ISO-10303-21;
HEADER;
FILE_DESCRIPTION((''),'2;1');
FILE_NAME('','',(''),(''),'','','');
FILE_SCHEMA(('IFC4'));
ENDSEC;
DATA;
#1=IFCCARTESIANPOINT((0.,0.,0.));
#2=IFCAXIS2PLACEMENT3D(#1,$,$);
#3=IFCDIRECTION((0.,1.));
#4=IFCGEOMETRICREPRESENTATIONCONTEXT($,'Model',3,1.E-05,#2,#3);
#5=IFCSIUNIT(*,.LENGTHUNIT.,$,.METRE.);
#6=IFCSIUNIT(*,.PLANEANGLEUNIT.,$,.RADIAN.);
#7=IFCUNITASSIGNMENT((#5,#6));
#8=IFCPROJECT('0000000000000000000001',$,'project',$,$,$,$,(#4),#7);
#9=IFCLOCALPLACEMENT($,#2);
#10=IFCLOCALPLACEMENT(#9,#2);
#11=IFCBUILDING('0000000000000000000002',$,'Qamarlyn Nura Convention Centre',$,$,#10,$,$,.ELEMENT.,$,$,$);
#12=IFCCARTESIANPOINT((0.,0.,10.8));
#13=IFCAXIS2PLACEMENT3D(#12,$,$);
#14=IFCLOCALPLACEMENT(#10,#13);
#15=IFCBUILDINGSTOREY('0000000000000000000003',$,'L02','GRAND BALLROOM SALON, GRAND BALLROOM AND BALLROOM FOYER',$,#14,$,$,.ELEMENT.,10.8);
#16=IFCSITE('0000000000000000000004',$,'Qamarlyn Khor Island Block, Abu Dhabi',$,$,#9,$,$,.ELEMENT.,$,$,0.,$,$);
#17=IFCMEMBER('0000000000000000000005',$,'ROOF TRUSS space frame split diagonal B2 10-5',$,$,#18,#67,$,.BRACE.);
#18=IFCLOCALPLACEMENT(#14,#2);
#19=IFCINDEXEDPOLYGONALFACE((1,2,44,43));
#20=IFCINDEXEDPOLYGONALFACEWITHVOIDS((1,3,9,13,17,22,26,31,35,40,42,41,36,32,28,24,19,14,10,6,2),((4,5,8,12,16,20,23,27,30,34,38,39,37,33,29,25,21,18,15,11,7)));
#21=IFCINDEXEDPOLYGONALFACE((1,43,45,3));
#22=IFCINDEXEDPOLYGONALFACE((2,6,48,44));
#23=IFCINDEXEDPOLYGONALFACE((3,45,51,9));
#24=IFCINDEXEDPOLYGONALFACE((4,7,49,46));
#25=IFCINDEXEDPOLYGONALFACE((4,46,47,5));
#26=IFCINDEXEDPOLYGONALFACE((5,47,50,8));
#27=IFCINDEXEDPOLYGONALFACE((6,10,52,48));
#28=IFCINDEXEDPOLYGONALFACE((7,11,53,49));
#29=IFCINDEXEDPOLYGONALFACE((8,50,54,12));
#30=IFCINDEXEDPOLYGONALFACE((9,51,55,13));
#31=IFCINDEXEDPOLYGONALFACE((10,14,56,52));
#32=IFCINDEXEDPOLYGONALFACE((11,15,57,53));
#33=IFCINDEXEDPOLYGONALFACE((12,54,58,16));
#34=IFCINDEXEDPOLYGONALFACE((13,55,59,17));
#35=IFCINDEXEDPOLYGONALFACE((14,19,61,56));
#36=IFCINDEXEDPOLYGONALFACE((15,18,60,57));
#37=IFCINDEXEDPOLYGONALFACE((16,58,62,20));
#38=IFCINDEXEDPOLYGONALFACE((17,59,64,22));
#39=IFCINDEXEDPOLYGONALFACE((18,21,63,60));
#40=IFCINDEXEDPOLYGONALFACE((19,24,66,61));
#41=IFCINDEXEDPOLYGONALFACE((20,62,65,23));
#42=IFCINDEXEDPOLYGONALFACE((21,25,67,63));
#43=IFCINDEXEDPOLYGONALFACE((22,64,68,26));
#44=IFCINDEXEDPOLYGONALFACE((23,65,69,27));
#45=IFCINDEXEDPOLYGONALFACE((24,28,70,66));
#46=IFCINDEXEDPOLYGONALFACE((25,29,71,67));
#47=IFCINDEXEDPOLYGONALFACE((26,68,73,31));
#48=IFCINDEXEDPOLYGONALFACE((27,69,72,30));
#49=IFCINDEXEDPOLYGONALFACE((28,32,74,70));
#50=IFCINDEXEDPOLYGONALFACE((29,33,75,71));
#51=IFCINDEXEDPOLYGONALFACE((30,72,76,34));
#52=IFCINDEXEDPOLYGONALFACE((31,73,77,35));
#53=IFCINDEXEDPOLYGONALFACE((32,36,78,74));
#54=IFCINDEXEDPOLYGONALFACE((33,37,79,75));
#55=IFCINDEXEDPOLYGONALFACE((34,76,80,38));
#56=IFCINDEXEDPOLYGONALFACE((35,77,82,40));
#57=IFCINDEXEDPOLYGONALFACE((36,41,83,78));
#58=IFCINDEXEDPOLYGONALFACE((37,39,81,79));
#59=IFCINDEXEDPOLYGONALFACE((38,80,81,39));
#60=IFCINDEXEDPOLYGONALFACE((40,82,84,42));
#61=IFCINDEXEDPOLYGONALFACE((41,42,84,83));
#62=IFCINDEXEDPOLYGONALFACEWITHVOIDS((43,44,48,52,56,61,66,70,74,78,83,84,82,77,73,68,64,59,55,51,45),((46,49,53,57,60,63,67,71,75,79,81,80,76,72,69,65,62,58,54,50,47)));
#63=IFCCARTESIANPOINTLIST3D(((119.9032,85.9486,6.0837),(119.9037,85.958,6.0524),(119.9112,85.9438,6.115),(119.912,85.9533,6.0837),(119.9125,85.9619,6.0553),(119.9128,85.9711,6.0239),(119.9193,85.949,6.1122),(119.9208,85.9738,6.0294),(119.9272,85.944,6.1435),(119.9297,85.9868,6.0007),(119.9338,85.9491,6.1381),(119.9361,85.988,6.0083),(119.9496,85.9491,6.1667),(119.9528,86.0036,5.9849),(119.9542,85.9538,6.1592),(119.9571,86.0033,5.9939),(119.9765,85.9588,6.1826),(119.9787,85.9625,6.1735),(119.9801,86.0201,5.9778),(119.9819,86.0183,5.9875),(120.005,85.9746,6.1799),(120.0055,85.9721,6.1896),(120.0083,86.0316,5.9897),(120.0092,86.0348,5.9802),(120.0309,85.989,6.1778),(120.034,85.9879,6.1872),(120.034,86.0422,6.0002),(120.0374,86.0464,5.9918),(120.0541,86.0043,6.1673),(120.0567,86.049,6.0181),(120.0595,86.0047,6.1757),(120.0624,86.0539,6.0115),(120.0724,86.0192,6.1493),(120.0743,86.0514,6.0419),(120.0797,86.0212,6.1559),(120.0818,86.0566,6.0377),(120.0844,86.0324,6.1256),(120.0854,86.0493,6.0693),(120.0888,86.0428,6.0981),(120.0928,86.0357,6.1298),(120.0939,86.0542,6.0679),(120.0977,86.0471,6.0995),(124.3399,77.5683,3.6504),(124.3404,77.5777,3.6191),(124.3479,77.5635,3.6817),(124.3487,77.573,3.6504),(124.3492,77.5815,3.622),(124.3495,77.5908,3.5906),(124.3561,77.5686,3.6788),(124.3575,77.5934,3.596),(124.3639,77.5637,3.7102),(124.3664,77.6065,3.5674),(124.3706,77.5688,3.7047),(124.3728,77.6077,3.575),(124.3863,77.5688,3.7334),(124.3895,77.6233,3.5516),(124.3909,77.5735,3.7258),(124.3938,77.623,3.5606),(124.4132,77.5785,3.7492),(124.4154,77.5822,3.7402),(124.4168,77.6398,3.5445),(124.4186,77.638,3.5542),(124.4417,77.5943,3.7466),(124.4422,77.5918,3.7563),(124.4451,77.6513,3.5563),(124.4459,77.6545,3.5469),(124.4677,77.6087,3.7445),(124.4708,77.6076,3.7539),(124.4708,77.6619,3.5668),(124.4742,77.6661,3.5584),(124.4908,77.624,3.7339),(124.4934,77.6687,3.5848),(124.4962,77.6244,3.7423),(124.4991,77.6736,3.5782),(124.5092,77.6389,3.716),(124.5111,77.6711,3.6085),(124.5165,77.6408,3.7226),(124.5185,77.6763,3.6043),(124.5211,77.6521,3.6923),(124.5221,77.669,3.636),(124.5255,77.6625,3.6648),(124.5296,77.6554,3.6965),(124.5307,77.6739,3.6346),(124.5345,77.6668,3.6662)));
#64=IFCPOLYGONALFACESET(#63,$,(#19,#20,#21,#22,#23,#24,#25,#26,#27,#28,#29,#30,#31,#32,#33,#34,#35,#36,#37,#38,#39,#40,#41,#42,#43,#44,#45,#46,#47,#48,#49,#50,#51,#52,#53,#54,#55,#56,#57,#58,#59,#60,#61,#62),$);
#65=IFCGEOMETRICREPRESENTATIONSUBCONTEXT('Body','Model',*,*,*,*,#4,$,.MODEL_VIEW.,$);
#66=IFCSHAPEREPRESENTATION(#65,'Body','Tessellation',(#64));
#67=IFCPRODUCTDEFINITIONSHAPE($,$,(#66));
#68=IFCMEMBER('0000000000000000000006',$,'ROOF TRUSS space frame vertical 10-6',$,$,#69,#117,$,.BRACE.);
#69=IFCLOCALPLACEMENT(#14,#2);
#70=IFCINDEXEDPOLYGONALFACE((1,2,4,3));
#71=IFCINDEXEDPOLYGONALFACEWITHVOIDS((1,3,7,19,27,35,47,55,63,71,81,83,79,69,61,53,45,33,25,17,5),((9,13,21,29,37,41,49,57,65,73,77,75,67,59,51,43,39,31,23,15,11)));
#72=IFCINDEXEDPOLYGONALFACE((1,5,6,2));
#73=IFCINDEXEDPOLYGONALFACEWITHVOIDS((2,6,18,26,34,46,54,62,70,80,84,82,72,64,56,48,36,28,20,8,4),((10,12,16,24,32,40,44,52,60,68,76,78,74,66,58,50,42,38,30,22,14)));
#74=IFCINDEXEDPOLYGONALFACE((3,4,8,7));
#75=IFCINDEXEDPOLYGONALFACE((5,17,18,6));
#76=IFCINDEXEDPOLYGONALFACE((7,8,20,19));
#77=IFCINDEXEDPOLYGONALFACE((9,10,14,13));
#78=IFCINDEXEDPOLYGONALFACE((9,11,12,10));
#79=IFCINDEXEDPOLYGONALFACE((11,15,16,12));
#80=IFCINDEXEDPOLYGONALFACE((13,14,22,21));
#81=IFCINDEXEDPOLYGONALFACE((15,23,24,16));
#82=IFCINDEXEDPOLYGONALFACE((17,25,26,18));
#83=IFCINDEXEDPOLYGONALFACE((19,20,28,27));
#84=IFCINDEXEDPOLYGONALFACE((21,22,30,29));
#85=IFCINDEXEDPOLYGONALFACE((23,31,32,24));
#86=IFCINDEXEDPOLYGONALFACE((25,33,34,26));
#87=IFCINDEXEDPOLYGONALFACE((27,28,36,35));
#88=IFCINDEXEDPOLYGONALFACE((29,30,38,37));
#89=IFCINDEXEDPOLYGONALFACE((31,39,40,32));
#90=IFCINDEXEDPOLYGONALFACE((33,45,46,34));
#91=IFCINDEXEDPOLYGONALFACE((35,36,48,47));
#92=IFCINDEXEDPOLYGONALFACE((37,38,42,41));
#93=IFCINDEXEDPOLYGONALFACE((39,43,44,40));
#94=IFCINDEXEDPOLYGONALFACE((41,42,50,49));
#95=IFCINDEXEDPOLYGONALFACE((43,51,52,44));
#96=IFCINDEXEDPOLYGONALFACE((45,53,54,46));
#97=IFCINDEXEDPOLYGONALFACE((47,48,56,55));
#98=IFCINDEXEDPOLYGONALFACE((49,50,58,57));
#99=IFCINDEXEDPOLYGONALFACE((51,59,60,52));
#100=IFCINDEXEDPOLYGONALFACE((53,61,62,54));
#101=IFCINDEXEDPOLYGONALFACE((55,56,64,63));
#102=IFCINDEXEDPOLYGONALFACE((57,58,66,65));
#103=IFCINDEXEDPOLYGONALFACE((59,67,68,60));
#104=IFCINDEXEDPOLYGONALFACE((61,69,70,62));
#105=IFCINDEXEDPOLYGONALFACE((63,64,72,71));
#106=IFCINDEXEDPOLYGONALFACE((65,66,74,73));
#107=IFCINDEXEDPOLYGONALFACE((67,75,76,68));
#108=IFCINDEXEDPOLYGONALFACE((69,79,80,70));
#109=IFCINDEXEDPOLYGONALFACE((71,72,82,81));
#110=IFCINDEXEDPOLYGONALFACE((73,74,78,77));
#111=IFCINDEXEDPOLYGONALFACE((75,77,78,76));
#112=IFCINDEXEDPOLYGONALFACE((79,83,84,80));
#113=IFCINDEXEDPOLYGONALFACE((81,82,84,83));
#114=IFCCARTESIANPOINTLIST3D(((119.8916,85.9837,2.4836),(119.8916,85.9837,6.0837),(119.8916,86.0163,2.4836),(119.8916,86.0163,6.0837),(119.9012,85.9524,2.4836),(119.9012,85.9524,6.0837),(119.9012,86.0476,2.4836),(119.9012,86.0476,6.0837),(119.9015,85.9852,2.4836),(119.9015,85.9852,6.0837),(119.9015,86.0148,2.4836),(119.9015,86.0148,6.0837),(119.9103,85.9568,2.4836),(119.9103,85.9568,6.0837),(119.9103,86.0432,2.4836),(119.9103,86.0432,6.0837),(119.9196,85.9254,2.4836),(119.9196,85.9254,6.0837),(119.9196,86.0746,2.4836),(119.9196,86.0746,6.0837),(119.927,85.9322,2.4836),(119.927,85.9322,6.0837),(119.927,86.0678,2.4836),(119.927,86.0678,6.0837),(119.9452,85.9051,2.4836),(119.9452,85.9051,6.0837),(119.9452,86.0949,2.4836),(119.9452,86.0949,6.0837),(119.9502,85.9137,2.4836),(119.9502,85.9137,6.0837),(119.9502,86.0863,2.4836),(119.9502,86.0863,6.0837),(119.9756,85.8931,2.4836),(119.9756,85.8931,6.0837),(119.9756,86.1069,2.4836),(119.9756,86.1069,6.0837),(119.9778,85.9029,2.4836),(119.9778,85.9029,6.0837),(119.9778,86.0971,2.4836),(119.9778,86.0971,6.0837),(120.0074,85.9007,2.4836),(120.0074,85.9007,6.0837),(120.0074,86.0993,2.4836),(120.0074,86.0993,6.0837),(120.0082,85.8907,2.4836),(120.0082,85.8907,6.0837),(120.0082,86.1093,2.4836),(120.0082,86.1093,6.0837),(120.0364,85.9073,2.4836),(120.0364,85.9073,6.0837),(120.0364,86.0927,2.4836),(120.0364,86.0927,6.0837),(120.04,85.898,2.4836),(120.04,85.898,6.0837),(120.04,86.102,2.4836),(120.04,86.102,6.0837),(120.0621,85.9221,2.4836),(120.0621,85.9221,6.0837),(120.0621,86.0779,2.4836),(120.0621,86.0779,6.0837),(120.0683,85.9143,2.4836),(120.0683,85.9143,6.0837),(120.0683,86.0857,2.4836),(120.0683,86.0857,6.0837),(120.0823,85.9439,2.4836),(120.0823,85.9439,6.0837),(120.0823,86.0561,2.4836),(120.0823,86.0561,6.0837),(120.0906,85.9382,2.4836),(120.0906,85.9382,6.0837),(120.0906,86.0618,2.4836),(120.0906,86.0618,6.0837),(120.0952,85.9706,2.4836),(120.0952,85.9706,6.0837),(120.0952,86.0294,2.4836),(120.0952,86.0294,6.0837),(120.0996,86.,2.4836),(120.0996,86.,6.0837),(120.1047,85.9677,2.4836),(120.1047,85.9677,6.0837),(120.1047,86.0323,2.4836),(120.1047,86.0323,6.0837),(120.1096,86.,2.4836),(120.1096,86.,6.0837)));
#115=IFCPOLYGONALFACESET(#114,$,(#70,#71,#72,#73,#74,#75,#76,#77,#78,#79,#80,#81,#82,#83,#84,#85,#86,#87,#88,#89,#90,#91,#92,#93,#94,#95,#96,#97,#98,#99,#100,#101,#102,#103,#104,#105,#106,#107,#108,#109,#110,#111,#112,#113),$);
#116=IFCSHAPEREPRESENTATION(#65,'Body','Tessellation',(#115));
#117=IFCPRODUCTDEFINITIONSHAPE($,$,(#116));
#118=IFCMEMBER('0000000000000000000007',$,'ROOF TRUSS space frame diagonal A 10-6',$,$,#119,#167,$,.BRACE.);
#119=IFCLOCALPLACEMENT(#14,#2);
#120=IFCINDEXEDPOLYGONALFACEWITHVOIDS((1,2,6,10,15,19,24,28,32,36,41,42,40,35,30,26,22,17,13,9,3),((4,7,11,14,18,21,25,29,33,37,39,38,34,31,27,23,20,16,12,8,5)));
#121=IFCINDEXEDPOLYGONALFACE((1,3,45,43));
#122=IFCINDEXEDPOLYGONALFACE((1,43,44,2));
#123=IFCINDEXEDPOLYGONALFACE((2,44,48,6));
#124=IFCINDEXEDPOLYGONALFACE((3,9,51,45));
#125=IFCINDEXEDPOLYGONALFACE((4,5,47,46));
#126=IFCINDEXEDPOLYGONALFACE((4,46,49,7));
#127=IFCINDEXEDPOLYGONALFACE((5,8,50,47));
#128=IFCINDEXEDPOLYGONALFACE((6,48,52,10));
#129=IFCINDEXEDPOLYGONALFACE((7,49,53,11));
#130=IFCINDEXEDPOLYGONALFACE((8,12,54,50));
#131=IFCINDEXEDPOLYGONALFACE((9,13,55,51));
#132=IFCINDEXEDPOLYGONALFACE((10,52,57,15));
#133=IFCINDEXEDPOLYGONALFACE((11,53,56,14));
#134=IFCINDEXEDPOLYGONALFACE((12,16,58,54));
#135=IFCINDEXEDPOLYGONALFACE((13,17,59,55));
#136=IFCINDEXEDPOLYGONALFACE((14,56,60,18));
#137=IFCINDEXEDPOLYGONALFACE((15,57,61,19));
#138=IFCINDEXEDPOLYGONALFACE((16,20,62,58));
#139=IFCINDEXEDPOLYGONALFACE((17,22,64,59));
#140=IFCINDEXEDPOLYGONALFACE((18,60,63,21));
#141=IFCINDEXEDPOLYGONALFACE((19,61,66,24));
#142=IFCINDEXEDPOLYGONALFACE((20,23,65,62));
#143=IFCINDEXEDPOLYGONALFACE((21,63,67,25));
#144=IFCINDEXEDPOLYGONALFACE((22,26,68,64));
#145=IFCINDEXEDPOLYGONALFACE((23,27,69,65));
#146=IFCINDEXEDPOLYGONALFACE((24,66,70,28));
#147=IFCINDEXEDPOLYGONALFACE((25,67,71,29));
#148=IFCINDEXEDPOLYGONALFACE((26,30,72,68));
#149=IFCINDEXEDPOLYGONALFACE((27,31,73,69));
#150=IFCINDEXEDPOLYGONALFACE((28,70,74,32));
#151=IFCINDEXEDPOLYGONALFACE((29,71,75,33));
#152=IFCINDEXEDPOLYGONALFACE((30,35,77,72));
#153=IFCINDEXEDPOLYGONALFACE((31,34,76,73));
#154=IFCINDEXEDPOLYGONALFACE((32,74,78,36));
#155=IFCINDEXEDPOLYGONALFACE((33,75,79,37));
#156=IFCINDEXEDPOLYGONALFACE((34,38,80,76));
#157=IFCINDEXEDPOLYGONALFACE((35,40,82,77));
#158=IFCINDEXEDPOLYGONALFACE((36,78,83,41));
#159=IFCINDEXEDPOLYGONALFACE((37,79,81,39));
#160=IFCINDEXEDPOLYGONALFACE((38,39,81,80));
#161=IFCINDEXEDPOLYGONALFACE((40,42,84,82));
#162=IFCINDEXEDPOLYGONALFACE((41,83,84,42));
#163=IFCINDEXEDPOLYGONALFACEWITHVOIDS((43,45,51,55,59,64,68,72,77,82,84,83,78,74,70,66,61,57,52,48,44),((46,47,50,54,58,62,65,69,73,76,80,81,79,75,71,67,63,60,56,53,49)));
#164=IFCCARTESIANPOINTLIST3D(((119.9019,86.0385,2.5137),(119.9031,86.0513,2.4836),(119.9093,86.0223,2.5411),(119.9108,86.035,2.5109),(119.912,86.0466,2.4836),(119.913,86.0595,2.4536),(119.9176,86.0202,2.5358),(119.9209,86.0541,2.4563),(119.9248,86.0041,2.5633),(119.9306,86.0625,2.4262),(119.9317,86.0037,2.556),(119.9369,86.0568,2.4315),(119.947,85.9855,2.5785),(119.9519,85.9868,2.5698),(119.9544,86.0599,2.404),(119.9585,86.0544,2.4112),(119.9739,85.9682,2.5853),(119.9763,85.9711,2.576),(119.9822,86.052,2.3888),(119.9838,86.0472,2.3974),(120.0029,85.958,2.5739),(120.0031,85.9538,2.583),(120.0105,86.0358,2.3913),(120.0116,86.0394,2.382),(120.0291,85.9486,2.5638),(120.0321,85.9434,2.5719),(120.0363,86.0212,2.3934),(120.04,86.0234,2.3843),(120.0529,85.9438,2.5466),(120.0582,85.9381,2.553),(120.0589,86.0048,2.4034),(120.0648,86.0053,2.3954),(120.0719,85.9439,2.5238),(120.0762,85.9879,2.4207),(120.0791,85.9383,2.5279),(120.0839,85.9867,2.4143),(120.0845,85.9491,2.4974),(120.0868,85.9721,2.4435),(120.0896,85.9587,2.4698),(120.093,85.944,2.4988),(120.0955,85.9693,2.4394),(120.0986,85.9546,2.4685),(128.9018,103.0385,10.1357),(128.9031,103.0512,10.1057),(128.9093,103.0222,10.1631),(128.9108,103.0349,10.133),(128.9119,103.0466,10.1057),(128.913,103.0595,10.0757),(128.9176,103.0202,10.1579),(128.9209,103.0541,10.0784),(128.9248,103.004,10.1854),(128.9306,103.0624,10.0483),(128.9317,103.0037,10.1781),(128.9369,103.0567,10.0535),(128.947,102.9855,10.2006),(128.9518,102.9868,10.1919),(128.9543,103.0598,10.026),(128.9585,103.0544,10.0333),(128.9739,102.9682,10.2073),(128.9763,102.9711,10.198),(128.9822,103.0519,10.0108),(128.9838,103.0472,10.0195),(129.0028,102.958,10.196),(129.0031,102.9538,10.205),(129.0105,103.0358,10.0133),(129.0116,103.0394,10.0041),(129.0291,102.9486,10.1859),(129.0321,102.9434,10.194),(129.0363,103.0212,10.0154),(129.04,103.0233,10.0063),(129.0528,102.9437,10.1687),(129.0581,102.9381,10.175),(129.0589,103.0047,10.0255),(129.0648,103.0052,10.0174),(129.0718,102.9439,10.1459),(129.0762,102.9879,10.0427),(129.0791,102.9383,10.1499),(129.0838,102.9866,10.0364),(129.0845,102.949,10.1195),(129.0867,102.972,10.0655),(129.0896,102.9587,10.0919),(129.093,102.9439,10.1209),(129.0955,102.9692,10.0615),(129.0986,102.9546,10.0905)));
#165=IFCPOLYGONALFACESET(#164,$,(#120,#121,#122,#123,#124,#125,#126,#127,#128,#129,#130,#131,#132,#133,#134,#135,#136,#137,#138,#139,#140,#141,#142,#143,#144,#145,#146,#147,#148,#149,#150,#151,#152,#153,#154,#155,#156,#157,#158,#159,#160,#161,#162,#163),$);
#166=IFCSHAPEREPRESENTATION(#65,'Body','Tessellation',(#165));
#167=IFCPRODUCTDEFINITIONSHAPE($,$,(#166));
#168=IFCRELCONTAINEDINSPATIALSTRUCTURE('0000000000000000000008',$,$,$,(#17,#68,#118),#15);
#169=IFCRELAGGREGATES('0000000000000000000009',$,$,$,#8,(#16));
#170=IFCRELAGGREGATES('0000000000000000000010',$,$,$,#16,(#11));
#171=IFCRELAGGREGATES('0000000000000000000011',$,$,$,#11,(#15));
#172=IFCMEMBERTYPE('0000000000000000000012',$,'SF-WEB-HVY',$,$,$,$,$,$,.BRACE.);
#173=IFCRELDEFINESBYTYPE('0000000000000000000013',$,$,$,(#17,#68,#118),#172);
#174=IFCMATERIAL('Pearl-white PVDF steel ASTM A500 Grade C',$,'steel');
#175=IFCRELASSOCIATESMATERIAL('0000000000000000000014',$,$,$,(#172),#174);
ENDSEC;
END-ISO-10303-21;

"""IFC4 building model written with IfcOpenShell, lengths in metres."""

from ifc_helpers import new_model, si_unit, direction, frame, origin, origin_2d, place, context, subcontext, project, spatial, hollow_circle, extrude, material, material_profile, profile_set, type_object, element, save


model = new_model("IFC4")

# Units and contexts
model_context = context("Model", 3, precision=1e-05, world=origin(), true_north=direction((0.0, 1.0)))
body_context = subcontext(model_context, "Body", "Model", "MODEL_VIEW")
ifc_project = project(units=[si_unit("LENGTHUNIT", "METRE"), si_unit("PLANEANGLEUNIT", "RADIAN")], contexts=[model_context])

# Site, building, storey
site_placement = place(None, origin())
site = spatial("IfcSite", under=ifc_project, at=site_placement, Name="Qamarlyn Khor Island Block, Abu Dhabi", CompositionType="ELEMENT", RefElevation=0.0)
building_placement = place(site_placement, origin())
building = spatial("IfcBuilding", under=site, at=building_placement, Name="Qamarlyn Nura Convention Centre", CompositionType="ELEMENT")
storey_placement = place(building_placement, frame((0.0, 0.0, 10.8)))
storey = spatial("IfcBuildingStorey", under=building, at=storey_placement, Name="L02", Description="GRAND BALLROOM SALON, GRAND BALLROOM AND BALLROOM FOYER", CompositionType="ELEMENT", Elevation=10.8)

# Shared definitions
ifc_material_1 = material(Name="Pearl-white PVDF steel ASTM A500 Grade C", Category="steel")

# Members
ifc_material_profile_1 = material_profile(ifc_material_1, hollow_circle(Radius=0.1096, WallThickness=0.01, at=origin_2d()), Name="CHS219.1X10")
ifc_profile_set_1 = profile_set([ifc_material_profile_1], Name="Pearl-white PVDF steel ASTM A500 Grade C")
member_type_1 = type_object("IfcMemberType", Name="SF-WEB-HVY", PredefinedType="BRACE", material=ifc_profile_set_1)
member_1_placement = place(storey_placement, frame((124.4368, 77.6196, 3.6504), z_axis=(-0.453211, 0.856046, 0.248564), x_axis=(-0.883784, -0.467896, 0.0)))
element("IfcMember", 1, at=member_1_placement, inside=storey, type_object=member_type_1, Name="ROOF TRUSS space frame split diagonal B2 10-5", PredefinedType="BRACE", context=body_context, shape_type="SweptSolid", body=[
    extrude(hollow_circle(Radius=0.1096, WallThickness=0.01, at=origin_2d()), origin(), (0.0, 0.0, 1.0), 9.7896),
])
member_2_placement = place(storey_placement, frame((120.0, 86.0, 2.4836), z_axis=(0.0, 0.0, 1.0), x_axis=(1.0, 0.0, 0.0)))
element("IfcMember", 2, at=member_2_placement, inside=storey, type_object=member_type_1, Name="ROOF TRUSS space frame vertical 10-6", PredefinedType="BRACE", context=body_context, shape_type="SweptSolid", body=[
    extrude(hollow_circle(Radius=0.1096, WallThickness=0.01, at=origin_2d()), origin(), (0.0, 0.0, 1.0), 3.6001),
])
member_3_placement = place(storey_placement, frame((120.0, 86.0, 2.4836), z_axis=(0.434983, 0.821634, 0.368385), x_axis=(-0.883788, 0.467888, 0.0)))
element("IfcMember", 3, at=member_3_placement, inside=storey, type_object=member_type_1, Name="ROOF TRUSS space frame diagonal A 10-6", PredefinedType="BRACE", context=body_context, shape_type="SweptSolid", body=[
    extrude(hollow_circle(Radius=0.1096, WallThickness=0.01, at=origin_2d()), origin(), (0.0, 0.0, 1.0), 20.6904),
])

save(model, "model.ifc")
